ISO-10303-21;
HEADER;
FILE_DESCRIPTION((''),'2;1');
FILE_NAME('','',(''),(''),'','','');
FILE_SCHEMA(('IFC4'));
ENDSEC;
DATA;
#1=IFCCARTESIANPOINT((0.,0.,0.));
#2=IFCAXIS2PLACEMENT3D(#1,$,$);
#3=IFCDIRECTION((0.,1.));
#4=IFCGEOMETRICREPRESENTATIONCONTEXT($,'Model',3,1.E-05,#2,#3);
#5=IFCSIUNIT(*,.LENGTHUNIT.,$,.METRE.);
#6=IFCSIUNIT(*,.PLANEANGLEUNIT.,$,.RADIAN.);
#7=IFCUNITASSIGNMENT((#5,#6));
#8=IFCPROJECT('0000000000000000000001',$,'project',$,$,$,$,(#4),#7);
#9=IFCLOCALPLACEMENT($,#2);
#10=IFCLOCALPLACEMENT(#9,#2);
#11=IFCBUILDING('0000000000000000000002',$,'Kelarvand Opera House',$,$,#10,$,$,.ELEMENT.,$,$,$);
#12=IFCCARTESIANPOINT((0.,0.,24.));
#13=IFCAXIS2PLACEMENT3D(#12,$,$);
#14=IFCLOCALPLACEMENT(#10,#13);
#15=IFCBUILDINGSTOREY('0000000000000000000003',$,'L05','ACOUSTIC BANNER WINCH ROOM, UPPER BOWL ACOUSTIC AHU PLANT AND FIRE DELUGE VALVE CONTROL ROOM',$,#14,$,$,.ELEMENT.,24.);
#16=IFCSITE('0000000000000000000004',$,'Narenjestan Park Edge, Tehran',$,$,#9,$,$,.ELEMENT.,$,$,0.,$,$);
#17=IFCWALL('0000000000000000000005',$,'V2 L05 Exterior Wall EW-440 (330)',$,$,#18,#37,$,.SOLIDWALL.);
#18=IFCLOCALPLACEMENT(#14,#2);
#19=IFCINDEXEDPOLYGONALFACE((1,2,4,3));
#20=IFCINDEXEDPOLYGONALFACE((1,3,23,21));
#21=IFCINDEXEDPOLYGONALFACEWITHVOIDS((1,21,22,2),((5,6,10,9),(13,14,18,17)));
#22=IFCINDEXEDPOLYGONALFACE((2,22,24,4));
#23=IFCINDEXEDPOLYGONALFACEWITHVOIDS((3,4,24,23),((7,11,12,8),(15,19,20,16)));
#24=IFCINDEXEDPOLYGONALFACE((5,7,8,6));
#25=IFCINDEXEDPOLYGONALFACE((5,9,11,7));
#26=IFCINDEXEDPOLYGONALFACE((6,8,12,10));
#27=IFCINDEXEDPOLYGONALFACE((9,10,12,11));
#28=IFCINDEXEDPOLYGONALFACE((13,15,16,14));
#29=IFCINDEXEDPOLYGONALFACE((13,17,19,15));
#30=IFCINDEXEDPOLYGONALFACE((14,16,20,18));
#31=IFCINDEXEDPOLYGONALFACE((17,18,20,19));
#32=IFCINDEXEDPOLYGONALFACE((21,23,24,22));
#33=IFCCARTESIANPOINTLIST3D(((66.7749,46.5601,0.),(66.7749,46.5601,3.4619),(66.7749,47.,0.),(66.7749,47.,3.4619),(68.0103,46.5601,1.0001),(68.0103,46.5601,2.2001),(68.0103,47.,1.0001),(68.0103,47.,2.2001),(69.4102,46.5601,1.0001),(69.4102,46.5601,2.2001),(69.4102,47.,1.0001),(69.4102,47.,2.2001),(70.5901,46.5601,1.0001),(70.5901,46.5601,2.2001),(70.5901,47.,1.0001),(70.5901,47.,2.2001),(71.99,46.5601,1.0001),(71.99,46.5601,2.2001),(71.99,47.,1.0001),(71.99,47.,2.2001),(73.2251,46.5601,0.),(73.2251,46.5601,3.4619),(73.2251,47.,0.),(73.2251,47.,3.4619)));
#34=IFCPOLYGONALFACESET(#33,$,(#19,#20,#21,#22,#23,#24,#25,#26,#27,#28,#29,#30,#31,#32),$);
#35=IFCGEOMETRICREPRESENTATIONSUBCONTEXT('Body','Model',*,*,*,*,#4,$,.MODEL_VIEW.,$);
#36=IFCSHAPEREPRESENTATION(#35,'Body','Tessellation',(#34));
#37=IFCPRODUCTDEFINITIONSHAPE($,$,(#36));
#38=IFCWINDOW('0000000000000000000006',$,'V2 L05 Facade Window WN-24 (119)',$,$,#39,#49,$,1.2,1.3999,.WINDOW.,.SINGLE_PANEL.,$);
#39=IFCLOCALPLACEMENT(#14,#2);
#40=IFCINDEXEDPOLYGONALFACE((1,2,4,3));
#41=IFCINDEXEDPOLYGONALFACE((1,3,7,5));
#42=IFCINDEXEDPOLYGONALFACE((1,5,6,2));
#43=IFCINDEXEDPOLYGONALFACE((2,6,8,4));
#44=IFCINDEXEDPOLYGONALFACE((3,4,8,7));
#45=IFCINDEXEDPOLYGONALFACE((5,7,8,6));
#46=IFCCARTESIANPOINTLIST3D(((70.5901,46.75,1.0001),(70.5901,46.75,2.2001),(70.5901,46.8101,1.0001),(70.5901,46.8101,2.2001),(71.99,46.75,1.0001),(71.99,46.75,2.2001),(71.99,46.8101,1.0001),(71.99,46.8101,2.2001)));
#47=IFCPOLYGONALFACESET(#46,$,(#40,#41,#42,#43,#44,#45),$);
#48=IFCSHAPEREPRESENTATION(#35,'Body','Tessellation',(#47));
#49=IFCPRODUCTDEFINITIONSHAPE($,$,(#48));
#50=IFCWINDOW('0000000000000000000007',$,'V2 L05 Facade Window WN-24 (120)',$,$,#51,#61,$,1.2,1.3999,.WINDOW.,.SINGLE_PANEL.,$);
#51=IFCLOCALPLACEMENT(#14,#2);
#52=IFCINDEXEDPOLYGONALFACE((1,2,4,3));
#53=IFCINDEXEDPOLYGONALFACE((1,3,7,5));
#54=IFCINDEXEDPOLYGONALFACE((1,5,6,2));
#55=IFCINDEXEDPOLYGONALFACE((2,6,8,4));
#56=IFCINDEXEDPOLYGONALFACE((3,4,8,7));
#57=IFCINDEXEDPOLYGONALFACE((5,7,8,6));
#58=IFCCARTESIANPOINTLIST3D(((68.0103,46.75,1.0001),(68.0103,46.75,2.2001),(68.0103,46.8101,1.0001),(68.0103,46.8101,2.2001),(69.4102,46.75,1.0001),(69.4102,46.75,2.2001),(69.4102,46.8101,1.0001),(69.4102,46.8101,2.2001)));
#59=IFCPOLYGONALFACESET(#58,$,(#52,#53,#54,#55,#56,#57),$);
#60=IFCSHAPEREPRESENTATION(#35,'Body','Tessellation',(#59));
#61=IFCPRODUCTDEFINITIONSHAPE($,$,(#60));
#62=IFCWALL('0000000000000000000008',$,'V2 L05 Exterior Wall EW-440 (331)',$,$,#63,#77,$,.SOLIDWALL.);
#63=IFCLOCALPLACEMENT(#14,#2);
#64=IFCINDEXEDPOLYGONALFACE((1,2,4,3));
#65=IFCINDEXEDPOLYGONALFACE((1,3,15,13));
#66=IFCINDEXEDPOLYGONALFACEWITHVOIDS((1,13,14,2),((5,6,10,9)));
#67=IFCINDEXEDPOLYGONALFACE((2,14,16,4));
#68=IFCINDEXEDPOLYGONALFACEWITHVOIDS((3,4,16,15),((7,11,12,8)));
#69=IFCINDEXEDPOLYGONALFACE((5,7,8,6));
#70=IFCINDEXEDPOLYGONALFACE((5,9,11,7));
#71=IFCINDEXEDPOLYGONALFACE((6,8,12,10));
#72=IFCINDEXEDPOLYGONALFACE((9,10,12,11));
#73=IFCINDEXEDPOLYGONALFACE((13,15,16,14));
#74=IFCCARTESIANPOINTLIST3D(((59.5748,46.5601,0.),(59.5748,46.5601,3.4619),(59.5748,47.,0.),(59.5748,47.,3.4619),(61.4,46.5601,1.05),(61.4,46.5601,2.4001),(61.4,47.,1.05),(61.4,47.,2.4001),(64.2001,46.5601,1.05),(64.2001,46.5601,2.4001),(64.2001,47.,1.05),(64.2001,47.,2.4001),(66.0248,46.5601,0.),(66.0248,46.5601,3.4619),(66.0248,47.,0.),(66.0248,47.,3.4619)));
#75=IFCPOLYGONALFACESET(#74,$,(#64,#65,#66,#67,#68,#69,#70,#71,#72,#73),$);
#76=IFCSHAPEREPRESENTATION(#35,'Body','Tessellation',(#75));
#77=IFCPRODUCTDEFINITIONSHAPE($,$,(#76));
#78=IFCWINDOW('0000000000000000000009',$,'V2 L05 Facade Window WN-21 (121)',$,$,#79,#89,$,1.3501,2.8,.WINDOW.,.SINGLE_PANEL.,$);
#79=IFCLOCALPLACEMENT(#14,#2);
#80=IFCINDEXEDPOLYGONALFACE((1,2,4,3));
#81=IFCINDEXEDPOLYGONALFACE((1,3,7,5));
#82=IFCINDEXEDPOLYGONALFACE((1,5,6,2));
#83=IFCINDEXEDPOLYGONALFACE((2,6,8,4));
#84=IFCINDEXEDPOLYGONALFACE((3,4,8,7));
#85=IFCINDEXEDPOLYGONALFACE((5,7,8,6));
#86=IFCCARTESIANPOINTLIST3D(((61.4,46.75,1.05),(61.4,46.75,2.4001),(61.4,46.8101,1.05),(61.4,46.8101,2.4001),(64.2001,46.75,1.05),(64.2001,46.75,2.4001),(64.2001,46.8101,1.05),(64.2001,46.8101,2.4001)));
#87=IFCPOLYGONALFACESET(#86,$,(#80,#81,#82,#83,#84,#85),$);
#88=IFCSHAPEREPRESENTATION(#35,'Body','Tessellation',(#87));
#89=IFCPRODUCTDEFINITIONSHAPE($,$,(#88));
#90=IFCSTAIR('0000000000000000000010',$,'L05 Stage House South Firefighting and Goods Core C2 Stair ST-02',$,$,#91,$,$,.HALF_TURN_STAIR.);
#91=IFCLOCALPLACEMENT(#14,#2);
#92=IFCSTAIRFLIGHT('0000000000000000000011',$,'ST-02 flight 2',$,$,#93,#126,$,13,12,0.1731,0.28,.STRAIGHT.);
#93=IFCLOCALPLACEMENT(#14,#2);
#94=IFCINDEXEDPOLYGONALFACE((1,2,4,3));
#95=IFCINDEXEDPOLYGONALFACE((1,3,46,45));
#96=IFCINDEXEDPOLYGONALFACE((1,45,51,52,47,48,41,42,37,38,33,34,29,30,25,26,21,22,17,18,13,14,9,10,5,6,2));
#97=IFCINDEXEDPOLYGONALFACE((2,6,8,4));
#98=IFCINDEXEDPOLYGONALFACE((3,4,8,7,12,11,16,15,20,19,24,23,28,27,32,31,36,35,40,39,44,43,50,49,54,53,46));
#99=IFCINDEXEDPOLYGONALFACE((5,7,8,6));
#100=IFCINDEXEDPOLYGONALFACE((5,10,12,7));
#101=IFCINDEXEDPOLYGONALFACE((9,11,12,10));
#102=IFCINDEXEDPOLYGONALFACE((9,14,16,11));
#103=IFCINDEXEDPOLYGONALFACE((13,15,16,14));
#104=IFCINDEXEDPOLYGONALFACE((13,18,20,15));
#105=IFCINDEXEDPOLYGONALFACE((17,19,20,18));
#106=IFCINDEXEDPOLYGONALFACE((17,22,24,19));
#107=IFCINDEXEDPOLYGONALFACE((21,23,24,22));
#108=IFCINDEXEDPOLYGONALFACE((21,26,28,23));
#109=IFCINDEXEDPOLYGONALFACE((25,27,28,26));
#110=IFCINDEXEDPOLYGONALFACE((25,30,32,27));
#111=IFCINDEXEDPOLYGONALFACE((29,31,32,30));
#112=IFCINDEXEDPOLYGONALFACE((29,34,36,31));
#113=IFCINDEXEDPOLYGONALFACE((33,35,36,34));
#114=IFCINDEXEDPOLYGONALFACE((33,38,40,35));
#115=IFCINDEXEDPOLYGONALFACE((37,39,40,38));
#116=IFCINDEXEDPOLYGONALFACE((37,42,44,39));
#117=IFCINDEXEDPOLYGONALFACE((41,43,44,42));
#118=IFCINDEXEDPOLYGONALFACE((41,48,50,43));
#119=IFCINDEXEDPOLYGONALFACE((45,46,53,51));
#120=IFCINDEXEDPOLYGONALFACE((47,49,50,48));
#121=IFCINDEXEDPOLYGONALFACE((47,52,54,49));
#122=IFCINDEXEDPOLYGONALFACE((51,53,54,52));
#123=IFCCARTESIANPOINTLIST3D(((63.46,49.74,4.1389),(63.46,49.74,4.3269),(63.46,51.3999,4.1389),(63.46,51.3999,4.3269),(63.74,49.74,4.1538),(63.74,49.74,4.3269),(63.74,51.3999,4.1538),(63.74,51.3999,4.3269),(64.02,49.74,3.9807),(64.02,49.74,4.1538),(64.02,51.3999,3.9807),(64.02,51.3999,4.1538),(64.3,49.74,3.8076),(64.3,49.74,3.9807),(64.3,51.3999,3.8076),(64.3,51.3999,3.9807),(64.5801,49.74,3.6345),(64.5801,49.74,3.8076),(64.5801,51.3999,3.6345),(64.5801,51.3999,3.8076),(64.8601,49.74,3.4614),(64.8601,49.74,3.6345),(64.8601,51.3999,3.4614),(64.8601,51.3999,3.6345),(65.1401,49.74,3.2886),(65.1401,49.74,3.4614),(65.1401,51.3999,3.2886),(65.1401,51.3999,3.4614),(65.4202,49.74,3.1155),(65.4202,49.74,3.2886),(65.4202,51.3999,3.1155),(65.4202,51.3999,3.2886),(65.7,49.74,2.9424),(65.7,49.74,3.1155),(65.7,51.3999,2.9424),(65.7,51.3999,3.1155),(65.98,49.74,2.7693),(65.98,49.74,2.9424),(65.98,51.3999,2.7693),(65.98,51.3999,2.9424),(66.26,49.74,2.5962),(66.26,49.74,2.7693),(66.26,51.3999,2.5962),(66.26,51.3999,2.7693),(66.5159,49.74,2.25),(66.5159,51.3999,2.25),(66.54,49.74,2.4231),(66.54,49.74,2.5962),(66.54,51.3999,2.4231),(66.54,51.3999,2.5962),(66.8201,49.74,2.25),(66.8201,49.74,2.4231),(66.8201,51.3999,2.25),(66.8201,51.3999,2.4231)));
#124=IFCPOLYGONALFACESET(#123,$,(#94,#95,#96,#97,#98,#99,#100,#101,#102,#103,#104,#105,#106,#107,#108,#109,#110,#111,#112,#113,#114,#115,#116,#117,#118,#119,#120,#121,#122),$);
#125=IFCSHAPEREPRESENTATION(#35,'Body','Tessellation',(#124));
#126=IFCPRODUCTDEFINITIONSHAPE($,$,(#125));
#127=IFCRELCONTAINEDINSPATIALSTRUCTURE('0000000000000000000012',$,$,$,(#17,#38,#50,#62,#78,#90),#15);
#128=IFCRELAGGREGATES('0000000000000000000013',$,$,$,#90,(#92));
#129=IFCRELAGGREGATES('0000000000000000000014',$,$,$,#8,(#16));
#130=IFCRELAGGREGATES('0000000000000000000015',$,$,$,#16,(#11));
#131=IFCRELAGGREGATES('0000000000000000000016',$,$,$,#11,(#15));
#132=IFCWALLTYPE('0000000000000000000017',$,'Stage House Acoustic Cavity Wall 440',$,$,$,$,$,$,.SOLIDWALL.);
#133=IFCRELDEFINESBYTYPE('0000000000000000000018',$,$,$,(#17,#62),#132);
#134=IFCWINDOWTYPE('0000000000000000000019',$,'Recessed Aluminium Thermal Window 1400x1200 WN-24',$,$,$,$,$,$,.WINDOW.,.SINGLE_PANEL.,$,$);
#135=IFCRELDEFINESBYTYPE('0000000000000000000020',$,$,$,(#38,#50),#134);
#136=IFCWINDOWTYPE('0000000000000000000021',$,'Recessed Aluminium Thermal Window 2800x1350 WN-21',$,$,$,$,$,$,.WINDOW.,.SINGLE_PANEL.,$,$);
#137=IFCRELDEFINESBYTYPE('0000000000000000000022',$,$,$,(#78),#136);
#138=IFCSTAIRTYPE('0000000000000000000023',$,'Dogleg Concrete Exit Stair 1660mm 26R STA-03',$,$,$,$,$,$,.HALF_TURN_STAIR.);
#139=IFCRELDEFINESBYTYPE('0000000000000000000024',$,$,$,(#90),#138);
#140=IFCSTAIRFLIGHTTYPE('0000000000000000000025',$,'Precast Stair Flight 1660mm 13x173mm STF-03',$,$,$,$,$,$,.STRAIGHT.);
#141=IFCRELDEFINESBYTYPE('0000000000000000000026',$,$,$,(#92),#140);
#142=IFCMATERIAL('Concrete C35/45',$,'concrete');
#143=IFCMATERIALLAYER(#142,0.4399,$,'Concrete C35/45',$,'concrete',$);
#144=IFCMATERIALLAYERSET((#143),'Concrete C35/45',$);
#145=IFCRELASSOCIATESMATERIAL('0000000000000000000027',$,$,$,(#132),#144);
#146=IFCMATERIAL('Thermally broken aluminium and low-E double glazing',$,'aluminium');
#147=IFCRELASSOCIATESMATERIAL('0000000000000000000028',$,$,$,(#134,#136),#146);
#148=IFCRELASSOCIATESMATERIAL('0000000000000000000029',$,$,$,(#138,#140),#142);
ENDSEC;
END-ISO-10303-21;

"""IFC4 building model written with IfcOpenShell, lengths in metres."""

from ifc_helpers import new_model, si_unit, direction, frame, frame_2d, origin, place, context, subcontext, project, spatial, polyline, rectangle, outline, extrude, material, layer, layer_set, type_object, element, fill, aggregate, save


model = new_model("IFC4")

# Units and contexts
model_context = context("Model", 3, precision=1e-05, world=origin(), true_north=direction((0.0, 1.0)))
body_context = subcontext(model_context, "Body", "Model", "MODEL_VIEW")
ifc_project = project(units=[si_unit("LENGTHUNIT", "METRE"), si_unit("PLANEANGLEUNIT", "RADIAN")], contexts=[model_context])

# Site, building, storey
site_placement = place(None, origin())
site = spatial("IfcSite", under=ifc_project, at=site_placement, Name="Narenjestan Park Edge, Tehran", CompositionType="ELEMENT", RefElevation=0.0)
building_placement = place(site_placement, origin())
building = spatial("IfcBuilding", under=site, at=building_placement, Name="Kelarvand Opera House", CompositionType="ELEMENT")
storey_placement = place(building_placement, frame((0.0, 0.0, 24.0)))
storey = spatial("IfcBuildingStorey", under=building, at=storey_placement, Name="L05", Description="ACOUSTIC BANNER WINCH ROOM, UPPER BOWL ACOUSTIC AHU PLANT AND FIRE DELUGE VALVE CONTROL ROOM", CompositionType="ELEMENT", Elevation=24.0)

# Shared definitions
ifc_material_1 = material(Name="Concrete C35/45", Category="concrete")

# Wall, openings, windows
ifc_layer_1 = layer(ifc_material_1, 0.4399, Name="Concrete C35/45", Category="concrete")
ifc_layer_set_1 = layer_set([ifc_layer_1], Name="Concrete C35/45")
wall_type_1 = type_object("IfcWallType", Name="Stage House Acoustic Cavity Wall 440", PredefinedType="SOLIDWALL", material=ifc_layer_set_1)
wall_1_placement = place(storey_placement, frame((73.2251, 46.78, 0.0), z_axis=(0.0, 0.0, 1.0), x_axis=(-1.0, 0.0, 0.0)))
wall_1 = element("IfcWall", 1, at=wall_1_placement, inside=storey, type_object=wall_type_1, Name="V2 L05 Exterior Wall EW-440 (330)", PredefinedType="SOLIDWALL", context=body_context, shape_type="SweptSolid", body=[
    extrude(rectangle(XDim=6.4502, YDim=0.4399, at=frame_2d((3.2251, 0.0))), origin(), (0.0, 0.0, 1.0), 3.4619),
])
opening_1_placement = place(wall_1_placement, frame((1.2351, 0.0, 1.0)))
opening_1 = element("IfcOpeningElement", 2, at=opening_1_placement, cuts=wall_1, PredefinedType="OPENING", context=body_context, shape_type="SweptSolid", body=[
    extrude(rectangle(XDim=1.3999, YDim=1.2, at=frame_2d((0.7, 0.6001))), frame((0.0, 0.23, 0.0), z_axis=(0.0, -1.0, 0.0), x_axis=(1.0, 0.0, 0.0)), (0.0, 0.0, 1.0), 0.46),
])
opening_2_placement = place(wall_1_placement, frame((3.8149, 0.0, 1.0)))
opening_2 = element("IfcOpeningElement", 3, at=opening_2_placement, cuts=wall_1, PredefinedType="OPENING", context=body_context, shape_type="SweptSolid", body=[
    extrude(rectangle(XDim=1.3999, YDim=1.2, at=frame_2d((0.7, 0.6001))), frame((0.0, 0.23, 0.0), z_axis=(0.0, -1.0, 0.0), x_axis=(1.0, 0.0, 0.0)), (0.0, 0.0, 1.0), 0.46),
])
ifc_material_2 = material(Name="Thermally broken aluminium and low-E double glazing", Category="aluminium")
window_type_1 = type_object("IfcWindowType", Name="Recessed Aluminium Thermal Window 1400x1200 WN-24", PartitioningType="SINGLE_PANEL", PredefinedType="WINDOW", material=ifc_material_2)
window_1_placement = place(opening_1_placement, origin())
window_1 = element("IfcWindow", 4, at=window_1_placement, inside=storey, type_object=window_type_1, Name="V2 L05 Facade Window WN-24 (119)", OverallHeight=1.2, OverallWidth=1.3999, PartitioningType="SINGLE_PANEL", PredefinedType="WINDOW", context=body_context, shape_type="SweptSolid", body=[
    extrude(rectangle(XDim=1.3999, YDim=1.2, at=frame_2d((0.7, 0.6001))), frame((0.0, 0.03, 0.0), z_axis=(0.0, -1.0, 0.0), x_axis=(1.0, 0.0, 0.0)), (0.0, 0.0, 1.0), 0.0601),
])
fill(opening_1, window_1)
window_2_placement = place(opening_2_placement, origin())
window_2 = element("IfcWindow", 5, at=window_2_placement, inside=storey, type_object=window_type_1, Name="V2 L05 Facade Window WN-24 (120)", OverallHeight=1.2, OverallWidth=1.3999, PartitioningType="SINGLE_PANEL", PredefinedType="WINDOW", context=body_context, shape_type="SweptSolid", body=[
    extrude(rectangle(XDim=1.3999, YDim=1.2, at=frame_2d((0.7, 0.6001))), frame((0.0, 0.03, 0.0), z_axis=(0.0, -1.0, 0.0), x_axis=(1.0, 0.0, 0.0)), (0.0, 0.0, 1.0), 0.0601),
])
fill(opening_2, window_2)

# Wall, opening, window
wall_2_placement = place(storey_placement, frame((66.0249, 46.78, 0.0), z_axis=(0.0, 0.0, 1.0), x_axis=(-1.0, 0.0, 0.0)))
wall_2 = element("IfcWall", 6, at=wall_2_placement, inside=storey, type_object=wall_type_1, Name="V2 L05 Exterior Wall EW-440 (331)", PredefinedType="SOLIDWALL", context=body_context, shape_type="SweptSolid", body=[
    extrude(rectangle(XDim=6.45, YDim=0.4399, at=frame_2d((3.2251, 0.0))), origin(), (0.0, 0.0, 1.0), 3.4619),
])
opening_3_placement = place(wall_2_placement, frame((1.825, 0.0, 1.05)))
opening_3 = element("IfcOpeningElement", 7, at=opening_3_placement, cuts=wall_2, PredefinedType="OPENING", context=body_context, shape_type="SweptSolid", body=[
    extrude(rectangle(XDim=2.8, YDim=1.3501, at=frame_2d((1.3999, 0.675))), frame((0.0, 0.23, 0.0), z_axis=(0.0, -1.0, 0.0), x_axis=(1.0, 0.0, 0.0)), (0.0, 0.0, 1.0), 0.46),
])
window_type_2 = type_object("IfcWindowType", Name="Recessed Aluminium Thermal Window 2800x1350 WN-21", PartitioningType="SINGLE_PANEL", PredefinedType="WINDOW", material=ifc_material_2)
window_3_placement = place(opening_3_placement, origin())
window_3 = element("IfcWindow", 8, at=window_3_placement, inside=storey, type_object=window_type_2, Name="V2 L05 Facade Window WN-21 (121)", OverallHeight=1.3501, OverallWidth=2.8, PartitioningType="SINGLE_PANEL", PredefinedType="WINDOW", context=body_context, shape_type="SweptSolid", body=[
    extrude(rectangle(XDim=2.8, YDim=1.3501, at=frame_2d((1.3999, 0.675))), frame((0.0, 0.03, 0.0), z_axis=(0.0, -1.0, 0.0), x_axis=(1.0, 0.0, 0.0)), (0.0, 0.0, 1.0), 0.0601),
])
fill(opening_3, window_3)

# Stair, stair flight
stair_type = type_object("IfcStairType", Name="Dogleg Concrete Exit Stair 1660mm 26R STA-03", PredefinedType="HALF_TURN_STAIR", material=ifc_material_1)
stair_placement = place(storey_placement, origin())
stair = element("IfcStair", 9, at=stair_placement, inside=storey, type_object=stair_type, Name="L05 Stage House South Firefighting and Goods Core C2 Stair ST-02", PredefinedType="HALF_TURN_STAIR")
stair_flight_type = type_object("IfcStairFlightType", Name="Precast Stair Flight 1660mm 13x173mm STF-03", PredefinedType="STRAIGHT", material=ifc_material_1)
stair_flight_placement = place(storey_placement, frame((66.8201, 50.5701, 2.25), z_axis=(0.0, 0.0, 1.0), x_axis=(-1.0, 0.0, 0.0)))
stair_flight = element("IfcStairFlight", 10, at=stair_flight_placement, type_object=stair_flight_type, Name="ST-02 flight 2", NumberOfRisers=13, NumberOfTreads=12, PredefinedType="STRAIGHT", RiserHeight=0.1731, TreadLength=0.28, context=body_context, shape_type="SweptSolid", body=[
    extrude(outline(polyline([(0.0, 0.0), (0.0, 0.1731), (0.28, 0.1731), (0.28, 0.3462), (0.5601, 0.3462), (0.5601, 0.5193), (0.8401, 0.5193), (0.8401, 0.6924), (1.1201, 0.6924), (1.1201, 0.8655), (1.3999, 0.8655), (1.3999, 1.0386), (1.6799, 1.0386), (1.6799, 1.2114), (1.96, 1.2114), (1.96, 1.3845), (2.24, 1.3845), (2.24, 1.5576), (2.52, 1.5576), (2.52, 1.7307), (2.8, 1.7307), (2.8, 1.9038), (3.0801, 1.9038), (3.0801, 2.0769), (3.3601, 2.0769), (3.3601, 2.25), (3.3601, 1.8889), (0.3042, 0.0), (0.0, 0.0)])), frame((0.0, 0.8301, 0.0), z_axis=(0.0, -1.0, 0.0), x_axis=(1.0, 0.0, 0.0)), (0.0, 0.0, 1.0), 1.6599),
])
aggregate(stair, [stair_flight])

save(model, "model.ifc")
